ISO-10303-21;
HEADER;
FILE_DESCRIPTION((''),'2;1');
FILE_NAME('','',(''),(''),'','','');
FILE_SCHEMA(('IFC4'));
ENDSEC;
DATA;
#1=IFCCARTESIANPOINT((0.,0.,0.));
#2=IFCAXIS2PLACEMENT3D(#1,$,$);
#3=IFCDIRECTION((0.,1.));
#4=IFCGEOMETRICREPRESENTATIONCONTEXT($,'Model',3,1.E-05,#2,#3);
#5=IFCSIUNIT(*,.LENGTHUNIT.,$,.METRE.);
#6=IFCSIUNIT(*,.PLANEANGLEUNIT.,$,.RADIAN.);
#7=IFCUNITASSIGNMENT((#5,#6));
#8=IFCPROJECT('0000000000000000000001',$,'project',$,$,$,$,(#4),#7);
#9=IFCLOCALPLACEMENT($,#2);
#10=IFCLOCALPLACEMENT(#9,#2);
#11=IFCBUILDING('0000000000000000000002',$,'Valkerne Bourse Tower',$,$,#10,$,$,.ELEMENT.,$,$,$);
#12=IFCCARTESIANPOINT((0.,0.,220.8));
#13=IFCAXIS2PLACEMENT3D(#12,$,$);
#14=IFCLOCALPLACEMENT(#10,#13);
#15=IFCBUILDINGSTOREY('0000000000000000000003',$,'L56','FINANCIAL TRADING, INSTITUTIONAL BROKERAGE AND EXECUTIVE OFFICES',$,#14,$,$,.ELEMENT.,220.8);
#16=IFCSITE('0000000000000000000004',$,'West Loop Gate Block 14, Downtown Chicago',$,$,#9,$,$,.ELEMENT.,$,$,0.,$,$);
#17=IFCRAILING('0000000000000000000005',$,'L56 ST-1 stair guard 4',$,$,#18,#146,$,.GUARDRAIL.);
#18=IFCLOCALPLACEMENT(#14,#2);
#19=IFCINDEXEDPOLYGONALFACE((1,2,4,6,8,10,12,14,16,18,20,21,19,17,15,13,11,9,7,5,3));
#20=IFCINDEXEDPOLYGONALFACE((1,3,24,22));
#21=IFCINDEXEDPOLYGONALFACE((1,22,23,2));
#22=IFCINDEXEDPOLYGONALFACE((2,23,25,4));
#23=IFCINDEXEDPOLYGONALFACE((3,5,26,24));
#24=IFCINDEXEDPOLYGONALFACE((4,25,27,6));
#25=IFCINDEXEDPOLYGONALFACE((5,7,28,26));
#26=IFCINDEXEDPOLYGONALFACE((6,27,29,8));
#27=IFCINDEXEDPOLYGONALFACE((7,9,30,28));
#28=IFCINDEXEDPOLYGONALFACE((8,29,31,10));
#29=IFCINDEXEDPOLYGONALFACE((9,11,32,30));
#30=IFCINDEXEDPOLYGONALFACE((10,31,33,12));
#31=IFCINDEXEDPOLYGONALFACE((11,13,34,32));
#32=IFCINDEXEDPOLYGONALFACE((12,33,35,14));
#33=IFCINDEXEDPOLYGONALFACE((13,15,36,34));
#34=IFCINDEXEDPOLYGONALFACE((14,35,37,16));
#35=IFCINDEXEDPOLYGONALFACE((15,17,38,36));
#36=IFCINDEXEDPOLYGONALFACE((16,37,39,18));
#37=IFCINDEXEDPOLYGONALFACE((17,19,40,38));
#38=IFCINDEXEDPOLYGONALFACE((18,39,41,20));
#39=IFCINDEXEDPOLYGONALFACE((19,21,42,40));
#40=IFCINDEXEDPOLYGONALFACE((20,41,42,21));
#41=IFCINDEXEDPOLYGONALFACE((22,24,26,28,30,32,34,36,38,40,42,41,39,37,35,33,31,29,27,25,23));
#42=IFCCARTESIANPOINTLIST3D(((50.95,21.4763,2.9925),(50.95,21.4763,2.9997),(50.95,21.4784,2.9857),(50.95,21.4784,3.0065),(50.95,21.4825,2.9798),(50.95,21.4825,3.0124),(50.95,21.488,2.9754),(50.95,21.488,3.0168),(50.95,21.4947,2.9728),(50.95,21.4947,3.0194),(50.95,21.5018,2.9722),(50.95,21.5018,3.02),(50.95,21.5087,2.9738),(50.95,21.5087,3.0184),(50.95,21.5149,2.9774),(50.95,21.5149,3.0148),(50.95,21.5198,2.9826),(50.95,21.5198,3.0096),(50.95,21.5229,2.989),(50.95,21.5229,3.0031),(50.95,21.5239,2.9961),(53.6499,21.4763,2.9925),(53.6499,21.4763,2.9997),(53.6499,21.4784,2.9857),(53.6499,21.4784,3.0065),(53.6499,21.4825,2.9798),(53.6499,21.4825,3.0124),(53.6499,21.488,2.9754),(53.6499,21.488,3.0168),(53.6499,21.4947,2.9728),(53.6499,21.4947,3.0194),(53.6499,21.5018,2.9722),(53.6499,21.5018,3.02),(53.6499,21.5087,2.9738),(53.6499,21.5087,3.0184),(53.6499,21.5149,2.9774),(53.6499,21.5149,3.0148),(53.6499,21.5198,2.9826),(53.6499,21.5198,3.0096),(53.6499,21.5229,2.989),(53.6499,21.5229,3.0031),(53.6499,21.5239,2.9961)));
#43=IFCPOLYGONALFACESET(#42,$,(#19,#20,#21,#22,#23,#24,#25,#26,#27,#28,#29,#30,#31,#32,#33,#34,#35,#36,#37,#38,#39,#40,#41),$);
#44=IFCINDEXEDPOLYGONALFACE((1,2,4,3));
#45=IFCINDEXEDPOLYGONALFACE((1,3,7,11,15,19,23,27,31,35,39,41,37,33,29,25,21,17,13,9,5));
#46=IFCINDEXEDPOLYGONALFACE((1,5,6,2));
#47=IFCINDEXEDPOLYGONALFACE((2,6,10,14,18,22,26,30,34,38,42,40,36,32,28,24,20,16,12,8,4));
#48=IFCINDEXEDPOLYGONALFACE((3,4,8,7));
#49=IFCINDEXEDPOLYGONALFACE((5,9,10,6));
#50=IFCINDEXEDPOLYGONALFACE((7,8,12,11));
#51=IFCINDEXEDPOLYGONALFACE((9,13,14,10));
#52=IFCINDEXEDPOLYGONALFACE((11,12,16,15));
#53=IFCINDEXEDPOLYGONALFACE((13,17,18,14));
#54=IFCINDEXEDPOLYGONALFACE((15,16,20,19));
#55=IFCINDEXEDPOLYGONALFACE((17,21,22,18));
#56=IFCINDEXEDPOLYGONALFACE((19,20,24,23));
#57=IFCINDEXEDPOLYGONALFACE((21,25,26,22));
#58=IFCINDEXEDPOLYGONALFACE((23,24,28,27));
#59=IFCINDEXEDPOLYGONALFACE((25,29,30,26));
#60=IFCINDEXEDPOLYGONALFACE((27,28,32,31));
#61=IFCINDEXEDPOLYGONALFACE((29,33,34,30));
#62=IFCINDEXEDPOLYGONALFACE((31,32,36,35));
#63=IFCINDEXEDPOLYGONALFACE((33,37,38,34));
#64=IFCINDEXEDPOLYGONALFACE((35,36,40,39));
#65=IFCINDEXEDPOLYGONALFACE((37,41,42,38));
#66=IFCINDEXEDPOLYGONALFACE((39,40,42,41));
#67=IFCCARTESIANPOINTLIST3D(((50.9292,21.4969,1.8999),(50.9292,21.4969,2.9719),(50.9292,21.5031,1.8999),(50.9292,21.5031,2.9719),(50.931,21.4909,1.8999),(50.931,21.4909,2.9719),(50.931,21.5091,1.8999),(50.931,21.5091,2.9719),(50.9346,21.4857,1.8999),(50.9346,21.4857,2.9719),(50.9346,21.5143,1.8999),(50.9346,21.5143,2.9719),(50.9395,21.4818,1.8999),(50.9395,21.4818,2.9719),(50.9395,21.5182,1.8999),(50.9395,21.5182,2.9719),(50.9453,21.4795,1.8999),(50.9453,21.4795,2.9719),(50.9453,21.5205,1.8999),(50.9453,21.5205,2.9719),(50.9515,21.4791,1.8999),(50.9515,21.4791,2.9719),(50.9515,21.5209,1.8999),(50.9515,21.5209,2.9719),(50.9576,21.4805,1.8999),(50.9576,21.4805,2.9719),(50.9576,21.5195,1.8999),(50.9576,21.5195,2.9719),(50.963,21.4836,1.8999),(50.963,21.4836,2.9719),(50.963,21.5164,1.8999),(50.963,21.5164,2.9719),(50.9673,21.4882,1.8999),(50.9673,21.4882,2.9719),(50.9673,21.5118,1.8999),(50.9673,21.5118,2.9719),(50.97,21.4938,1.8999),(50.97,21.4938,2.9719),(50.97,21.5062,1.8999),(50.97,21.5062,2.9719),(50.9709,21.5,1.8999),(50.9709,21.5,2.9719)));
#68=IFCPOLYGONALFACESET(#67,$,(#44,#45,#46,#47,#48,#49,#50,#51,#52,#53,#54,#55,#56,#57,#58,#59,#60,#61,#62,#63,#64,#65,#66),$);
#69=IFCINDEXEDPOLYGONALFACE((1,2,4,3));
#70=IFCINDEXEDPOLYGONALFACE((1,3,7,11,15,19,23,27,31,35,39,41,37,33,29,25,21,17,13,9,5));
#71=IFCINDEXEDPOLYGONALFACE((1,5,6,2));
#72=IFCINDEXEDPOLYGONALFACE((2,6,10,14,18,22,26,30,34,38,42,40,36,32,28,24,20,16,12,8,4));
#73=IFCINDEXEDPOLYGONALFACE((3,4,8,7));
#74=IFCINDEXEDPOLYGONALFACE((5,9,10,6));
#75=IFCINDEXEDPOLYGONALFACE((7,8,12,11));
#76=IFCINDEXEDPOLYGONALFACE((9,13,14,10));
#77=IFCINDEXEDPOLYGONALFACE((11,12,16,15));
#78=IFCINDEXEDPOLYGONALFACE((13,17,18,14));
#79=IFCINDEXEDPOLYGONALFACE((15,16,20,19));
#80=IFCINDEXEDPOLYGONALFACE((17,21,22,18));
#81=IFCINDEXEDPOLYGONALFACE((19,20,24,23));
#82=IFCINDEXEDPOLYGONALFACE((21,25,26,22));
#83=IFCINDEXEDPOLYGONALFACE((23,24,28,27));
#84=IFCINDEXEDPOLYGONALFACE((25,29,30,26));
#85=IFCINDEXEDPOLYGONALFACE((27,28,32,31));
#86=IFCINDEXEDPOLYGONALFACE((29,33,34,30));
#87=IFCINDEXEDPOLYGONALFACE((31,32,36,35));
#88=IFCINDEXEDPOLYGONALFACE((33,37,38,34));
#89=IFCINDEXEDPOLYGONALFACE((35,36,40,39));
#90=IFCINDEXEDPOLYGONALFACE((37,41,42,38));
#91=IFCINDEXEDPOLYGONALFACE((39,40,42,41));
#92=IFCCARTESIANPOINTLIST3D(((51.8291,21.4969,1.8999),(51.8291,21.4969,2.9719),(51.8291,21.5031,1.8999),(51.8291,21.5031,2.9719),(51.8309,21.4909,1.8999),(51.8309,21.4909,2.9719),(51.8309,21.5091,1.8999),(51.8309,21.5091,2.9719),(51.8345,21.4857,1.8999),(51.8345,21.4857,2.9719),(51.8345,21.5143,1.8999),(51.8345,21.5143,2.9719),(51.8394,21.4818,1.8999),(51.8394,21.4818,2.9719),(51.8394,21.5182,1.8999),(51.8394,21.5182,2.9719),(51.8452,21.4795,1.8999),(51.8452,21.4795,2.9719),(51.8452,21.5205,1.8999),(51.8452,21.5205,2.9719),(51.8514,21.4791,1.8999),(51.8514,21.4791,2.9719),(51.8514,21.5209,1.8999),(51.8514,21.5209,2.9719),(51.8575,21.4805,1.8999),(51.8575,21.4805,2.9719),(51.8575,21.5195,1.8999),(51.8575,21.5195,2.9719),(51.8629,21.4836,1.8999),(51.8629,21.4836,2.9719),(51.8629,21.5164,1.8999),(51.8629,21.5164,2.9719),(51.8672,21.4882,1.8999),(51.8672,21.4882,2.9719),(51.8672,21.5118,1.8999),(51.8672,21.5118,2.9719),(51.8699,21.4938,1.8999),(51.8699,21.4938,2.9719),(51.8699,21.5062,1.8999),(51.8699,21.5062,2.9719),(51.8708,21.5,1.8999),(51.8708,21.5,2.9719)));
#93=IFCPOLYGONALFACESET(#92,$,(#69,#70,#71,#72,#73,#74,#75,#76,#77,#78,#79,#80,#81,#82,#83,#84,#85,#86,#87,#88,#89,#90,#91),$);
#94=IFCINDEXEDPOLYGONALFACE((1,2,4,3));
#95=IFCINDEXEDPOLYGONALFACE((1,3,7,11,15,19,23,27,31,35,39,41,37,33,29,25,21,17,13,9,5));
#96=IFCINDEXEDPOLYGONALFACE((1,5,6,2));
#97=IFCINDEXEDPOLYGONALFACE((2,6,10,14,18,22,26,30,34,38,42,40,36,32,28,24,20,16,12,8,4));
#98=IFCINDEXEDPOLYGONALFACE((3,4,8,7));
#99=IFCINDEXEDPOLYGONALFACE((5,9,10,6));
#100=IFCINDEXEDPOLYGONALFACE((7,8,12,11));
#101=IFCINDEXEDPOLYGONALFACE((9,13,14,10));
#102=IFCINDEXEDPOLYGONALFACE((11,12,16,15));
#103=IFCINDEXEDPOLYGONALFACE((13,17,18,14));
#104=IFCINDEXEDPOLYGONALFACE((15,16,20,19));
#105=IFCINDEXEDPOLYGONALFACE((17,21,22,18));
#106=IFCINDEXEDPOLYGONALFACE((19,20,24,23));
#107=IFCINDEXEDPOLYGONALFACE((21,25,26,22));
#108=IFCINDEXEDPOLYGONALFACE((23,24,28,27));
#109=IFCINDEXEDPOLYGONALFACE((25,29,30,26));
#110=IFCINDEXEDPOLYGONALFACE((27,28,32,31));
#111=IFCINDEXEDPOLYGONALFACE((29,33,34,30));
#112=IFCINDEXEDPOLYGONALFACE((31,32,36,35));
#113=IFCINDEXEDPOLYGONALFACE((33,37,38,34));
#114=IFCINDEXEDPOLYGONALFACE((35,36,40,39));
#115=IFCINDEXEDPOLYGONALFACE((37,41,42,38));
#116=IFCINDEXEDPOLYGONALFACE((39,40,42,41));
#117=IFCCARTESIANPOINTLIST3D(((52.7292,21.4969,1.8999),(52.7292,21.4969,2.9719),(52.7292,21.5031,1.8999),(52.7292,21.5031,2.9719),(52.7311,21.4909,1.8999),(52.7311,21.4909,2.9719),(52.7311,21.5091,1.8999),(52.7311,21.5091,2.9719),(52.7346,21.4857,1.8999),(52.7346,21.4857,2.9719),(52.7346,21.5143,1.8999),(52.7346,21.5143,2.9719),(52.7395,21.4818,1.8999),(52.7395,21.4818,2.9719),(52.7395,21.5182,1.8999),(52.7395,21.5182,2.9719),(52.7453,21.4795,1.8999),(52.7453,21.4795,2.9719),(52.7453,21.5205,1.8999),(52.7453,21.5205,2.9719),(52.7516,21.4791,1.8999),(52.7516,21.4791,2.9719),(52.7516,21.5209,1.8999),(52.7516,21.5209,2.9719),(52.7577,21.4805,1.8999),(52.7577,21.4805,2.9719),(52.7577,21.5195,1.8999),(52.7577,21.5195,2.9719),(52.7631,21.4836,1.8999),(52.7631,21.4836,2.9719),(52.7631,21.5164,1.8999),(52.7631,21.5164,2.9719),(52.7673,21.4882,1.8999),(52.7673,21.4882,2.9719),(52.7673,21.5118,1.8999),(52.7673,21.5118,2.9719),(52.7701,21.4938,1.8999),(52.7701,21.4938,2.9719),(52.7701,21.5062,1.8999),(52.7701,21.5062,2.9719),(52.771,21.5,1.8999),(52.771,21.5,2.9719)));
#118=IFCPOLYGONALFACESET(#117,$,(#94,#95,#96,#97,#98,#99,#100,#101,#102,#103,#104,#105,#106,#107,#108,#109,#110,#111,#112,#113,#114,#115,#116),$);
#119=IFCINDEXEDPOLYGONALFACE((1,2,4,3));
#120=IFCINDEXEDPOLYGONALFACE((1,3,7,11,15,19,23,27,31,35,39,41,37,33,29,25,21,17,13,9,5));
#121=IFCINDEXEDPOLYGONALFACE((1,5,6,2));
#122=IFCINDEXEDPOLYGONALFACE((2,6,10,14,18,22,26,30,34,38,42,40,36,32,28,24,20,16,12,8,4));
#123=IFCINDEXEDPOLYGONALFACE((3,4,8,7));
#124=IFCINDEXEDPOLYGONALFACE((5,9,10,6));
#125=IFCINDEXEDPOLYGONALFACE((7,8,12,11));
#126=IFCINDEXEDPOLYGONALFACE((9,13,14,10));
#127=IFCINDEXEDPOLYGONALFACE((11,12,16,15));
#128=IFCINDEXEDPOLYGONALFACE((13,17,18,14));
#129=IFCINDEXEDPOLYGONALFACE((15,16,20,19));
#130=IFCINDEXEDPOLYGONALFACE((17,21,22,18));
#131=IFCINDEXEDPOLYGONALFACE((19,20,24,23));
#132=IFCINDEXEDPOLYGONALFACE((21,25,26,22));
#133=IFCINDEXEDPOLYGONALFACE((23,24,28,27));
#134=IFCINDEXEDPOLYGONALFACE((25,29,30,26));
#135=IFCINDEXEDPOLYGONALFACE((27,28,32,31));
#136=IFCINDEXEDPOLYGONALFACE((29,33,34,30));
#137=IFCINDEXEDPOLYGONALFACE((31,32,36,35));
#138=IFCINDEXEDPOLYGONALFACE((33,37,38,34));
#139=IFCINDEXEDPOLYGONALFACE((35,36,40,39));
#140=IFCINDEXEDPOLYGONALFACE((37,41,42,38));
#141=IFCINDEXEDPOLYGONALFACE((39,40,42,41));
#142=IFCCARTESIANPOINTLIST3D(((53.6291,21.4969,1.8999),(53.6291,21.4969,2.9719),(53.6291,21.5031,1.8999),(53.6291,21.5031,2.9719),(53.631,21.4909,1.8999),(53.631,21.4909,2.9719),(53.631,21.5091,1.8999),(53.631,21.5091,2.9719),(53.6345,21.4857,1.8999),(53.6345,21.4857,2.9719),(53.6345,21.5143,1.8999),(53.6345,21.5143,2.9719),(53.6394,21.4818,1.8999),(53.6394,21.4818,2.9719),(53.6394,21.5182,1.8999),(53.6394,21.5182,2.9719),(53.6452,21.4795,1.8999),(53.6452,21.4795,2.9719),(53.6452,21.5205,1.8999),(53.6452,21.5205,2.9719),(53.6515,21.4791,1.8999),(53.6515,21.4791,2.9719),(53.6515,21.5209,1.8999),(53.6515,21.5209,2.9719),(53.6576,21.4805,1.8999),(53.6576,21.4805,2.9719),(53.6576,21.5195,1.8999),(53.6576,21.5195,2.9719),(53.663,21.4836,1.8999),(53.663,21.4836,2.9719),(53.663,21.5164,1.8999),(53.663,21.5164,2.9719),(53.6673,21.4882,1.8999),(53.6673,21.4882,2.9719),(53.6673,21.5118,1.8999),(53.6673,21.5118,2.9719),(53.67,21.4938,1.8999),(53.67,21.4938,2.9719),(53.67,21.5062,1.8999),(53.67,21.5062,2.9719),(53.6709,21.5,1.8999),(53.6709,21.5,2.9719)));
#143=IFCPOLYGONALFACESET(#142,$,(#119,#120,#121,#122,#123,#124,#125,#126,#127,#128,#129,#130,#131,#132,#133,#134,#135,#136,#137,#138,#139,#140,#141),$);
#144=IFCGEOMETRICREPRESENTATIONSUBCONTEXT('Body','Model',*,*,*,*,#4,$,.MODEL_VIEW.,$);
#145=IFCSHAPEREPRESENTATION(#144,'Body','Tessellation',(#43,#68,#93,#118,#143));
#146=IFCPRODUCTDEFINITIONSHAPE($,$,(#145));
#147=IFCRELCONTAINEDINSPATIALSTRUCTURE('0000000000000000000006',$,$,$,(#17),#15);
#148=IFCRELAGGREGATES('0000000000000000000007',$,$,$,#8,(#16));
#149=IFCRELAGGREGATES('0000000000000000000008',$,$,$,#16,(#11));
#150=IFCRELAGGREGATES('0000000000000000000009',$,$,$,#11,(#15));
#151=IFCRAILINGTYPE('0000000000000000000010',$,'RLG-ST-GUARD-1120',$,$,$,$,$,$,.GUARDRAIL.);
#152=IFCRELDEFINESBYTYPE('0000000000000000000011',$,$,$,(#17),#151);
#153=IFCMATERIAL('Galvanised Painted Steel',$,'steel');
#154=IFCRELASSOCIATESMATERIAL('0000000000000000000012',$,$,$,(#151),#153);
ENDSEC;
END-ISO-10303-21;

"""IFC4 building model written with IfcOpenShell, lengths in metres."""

from ifc_helpers import new_model, si_unit, direction, frame, origin, origin_2d, place, context, subcontext, project, spatial, circle, extrude, material, type_object, element, save


model = new_model("IFC4")

# Units and contexts
model_context = context("Model", 3, precision=1e-05, world=origin(), true_north=direction((0.0, 1.0)))
body_context = subcontext(model_context, "Body", "Model", "MODEL_VIEW")
ifc_project = project(units=[si_unit("LENGTHUNIT", "METRE"), si_unit("PLANEANGLEUNIT", "RADIAN")], contexts=[model_context])

# Site, building, storey
site_placement = place(None, origin())
site = spatial("IfcSite", under=ifc_project, at=site_placement, Name="West Loop Gate Block 14, Downtown Chicago", CompositionType="ELEMENT", RefElevation=0.0)
building_placement = place(site_placement, origin())
building = spatial("IfcBuilding", under=site, at=building_placement, Name="Valkerne Bourse Tower", CompositionType="ELEMENT")
storey_placement = place(building_placement, frame((0.0, 0.0, 220.8)))
storey = spatial("IfcBuildingStorey", under=building, at=storey_placement, Name="L56", Description="FINANCIAL TRADING, INSTITUTIONAL BROKERAGE AND EXECUTIVE OFFICES", CompositionType="ELEMENT", Elevation=220.8)

# Shared definitions
ifc_material_1 = material(Name="Galvanised Painted Steel", Category="steel")

# Railing
railing_type_1 = type_object("IfcRailingType", Name="RLG-ST-GUARD-1120", PredefinedType="GUARDRAIL", material=ifc_material_1)
for number, where, name in (
    (1, (50.95, 21.5, 1.8999), "L56 ST-1 stair guard 4"),
):
    element("IfcRailing", number, at=place(storey_placement, frame(where)), inside=storey, type_object=railing_type_1, Name=name, PredefinedType="GUARDRAIL", context=body_context, shape_type="SweptSolid", body=[
        extrude(circle(Radius=0.0239, at=origin_2d()), frame((0.0, 0.0, 1.0962), z_axis=(1.0, 0.0, 0.0), x_axis=(0.0, 1.0, 0.0)), (0.0, 0.0, 1.0), 2.7),
        extrude(circle(Radius=0.021, at=origin_2d()), origin(), (0.0, 0.0, 1.0), 1.072),
        extrude(circle(Radius=0.021, at=origin_2d()), frame((0.8999, 0.0, 0.0)), (0.0, 0.0, 1.0), 1.072),
        extrude(circle(Radius=0.021, at=origin_2d()), frame((1.8, 0.0, 0.0)), (0.0, 0.0, 1.0), 1.072),
        extrude(circle(Radius=0.021, at=origin_2d()), frame((2.7, 0.0, 0.0)), (0.0, 0.0, 1.0), 1.072),
    ])

save(model, "model.ifc")
